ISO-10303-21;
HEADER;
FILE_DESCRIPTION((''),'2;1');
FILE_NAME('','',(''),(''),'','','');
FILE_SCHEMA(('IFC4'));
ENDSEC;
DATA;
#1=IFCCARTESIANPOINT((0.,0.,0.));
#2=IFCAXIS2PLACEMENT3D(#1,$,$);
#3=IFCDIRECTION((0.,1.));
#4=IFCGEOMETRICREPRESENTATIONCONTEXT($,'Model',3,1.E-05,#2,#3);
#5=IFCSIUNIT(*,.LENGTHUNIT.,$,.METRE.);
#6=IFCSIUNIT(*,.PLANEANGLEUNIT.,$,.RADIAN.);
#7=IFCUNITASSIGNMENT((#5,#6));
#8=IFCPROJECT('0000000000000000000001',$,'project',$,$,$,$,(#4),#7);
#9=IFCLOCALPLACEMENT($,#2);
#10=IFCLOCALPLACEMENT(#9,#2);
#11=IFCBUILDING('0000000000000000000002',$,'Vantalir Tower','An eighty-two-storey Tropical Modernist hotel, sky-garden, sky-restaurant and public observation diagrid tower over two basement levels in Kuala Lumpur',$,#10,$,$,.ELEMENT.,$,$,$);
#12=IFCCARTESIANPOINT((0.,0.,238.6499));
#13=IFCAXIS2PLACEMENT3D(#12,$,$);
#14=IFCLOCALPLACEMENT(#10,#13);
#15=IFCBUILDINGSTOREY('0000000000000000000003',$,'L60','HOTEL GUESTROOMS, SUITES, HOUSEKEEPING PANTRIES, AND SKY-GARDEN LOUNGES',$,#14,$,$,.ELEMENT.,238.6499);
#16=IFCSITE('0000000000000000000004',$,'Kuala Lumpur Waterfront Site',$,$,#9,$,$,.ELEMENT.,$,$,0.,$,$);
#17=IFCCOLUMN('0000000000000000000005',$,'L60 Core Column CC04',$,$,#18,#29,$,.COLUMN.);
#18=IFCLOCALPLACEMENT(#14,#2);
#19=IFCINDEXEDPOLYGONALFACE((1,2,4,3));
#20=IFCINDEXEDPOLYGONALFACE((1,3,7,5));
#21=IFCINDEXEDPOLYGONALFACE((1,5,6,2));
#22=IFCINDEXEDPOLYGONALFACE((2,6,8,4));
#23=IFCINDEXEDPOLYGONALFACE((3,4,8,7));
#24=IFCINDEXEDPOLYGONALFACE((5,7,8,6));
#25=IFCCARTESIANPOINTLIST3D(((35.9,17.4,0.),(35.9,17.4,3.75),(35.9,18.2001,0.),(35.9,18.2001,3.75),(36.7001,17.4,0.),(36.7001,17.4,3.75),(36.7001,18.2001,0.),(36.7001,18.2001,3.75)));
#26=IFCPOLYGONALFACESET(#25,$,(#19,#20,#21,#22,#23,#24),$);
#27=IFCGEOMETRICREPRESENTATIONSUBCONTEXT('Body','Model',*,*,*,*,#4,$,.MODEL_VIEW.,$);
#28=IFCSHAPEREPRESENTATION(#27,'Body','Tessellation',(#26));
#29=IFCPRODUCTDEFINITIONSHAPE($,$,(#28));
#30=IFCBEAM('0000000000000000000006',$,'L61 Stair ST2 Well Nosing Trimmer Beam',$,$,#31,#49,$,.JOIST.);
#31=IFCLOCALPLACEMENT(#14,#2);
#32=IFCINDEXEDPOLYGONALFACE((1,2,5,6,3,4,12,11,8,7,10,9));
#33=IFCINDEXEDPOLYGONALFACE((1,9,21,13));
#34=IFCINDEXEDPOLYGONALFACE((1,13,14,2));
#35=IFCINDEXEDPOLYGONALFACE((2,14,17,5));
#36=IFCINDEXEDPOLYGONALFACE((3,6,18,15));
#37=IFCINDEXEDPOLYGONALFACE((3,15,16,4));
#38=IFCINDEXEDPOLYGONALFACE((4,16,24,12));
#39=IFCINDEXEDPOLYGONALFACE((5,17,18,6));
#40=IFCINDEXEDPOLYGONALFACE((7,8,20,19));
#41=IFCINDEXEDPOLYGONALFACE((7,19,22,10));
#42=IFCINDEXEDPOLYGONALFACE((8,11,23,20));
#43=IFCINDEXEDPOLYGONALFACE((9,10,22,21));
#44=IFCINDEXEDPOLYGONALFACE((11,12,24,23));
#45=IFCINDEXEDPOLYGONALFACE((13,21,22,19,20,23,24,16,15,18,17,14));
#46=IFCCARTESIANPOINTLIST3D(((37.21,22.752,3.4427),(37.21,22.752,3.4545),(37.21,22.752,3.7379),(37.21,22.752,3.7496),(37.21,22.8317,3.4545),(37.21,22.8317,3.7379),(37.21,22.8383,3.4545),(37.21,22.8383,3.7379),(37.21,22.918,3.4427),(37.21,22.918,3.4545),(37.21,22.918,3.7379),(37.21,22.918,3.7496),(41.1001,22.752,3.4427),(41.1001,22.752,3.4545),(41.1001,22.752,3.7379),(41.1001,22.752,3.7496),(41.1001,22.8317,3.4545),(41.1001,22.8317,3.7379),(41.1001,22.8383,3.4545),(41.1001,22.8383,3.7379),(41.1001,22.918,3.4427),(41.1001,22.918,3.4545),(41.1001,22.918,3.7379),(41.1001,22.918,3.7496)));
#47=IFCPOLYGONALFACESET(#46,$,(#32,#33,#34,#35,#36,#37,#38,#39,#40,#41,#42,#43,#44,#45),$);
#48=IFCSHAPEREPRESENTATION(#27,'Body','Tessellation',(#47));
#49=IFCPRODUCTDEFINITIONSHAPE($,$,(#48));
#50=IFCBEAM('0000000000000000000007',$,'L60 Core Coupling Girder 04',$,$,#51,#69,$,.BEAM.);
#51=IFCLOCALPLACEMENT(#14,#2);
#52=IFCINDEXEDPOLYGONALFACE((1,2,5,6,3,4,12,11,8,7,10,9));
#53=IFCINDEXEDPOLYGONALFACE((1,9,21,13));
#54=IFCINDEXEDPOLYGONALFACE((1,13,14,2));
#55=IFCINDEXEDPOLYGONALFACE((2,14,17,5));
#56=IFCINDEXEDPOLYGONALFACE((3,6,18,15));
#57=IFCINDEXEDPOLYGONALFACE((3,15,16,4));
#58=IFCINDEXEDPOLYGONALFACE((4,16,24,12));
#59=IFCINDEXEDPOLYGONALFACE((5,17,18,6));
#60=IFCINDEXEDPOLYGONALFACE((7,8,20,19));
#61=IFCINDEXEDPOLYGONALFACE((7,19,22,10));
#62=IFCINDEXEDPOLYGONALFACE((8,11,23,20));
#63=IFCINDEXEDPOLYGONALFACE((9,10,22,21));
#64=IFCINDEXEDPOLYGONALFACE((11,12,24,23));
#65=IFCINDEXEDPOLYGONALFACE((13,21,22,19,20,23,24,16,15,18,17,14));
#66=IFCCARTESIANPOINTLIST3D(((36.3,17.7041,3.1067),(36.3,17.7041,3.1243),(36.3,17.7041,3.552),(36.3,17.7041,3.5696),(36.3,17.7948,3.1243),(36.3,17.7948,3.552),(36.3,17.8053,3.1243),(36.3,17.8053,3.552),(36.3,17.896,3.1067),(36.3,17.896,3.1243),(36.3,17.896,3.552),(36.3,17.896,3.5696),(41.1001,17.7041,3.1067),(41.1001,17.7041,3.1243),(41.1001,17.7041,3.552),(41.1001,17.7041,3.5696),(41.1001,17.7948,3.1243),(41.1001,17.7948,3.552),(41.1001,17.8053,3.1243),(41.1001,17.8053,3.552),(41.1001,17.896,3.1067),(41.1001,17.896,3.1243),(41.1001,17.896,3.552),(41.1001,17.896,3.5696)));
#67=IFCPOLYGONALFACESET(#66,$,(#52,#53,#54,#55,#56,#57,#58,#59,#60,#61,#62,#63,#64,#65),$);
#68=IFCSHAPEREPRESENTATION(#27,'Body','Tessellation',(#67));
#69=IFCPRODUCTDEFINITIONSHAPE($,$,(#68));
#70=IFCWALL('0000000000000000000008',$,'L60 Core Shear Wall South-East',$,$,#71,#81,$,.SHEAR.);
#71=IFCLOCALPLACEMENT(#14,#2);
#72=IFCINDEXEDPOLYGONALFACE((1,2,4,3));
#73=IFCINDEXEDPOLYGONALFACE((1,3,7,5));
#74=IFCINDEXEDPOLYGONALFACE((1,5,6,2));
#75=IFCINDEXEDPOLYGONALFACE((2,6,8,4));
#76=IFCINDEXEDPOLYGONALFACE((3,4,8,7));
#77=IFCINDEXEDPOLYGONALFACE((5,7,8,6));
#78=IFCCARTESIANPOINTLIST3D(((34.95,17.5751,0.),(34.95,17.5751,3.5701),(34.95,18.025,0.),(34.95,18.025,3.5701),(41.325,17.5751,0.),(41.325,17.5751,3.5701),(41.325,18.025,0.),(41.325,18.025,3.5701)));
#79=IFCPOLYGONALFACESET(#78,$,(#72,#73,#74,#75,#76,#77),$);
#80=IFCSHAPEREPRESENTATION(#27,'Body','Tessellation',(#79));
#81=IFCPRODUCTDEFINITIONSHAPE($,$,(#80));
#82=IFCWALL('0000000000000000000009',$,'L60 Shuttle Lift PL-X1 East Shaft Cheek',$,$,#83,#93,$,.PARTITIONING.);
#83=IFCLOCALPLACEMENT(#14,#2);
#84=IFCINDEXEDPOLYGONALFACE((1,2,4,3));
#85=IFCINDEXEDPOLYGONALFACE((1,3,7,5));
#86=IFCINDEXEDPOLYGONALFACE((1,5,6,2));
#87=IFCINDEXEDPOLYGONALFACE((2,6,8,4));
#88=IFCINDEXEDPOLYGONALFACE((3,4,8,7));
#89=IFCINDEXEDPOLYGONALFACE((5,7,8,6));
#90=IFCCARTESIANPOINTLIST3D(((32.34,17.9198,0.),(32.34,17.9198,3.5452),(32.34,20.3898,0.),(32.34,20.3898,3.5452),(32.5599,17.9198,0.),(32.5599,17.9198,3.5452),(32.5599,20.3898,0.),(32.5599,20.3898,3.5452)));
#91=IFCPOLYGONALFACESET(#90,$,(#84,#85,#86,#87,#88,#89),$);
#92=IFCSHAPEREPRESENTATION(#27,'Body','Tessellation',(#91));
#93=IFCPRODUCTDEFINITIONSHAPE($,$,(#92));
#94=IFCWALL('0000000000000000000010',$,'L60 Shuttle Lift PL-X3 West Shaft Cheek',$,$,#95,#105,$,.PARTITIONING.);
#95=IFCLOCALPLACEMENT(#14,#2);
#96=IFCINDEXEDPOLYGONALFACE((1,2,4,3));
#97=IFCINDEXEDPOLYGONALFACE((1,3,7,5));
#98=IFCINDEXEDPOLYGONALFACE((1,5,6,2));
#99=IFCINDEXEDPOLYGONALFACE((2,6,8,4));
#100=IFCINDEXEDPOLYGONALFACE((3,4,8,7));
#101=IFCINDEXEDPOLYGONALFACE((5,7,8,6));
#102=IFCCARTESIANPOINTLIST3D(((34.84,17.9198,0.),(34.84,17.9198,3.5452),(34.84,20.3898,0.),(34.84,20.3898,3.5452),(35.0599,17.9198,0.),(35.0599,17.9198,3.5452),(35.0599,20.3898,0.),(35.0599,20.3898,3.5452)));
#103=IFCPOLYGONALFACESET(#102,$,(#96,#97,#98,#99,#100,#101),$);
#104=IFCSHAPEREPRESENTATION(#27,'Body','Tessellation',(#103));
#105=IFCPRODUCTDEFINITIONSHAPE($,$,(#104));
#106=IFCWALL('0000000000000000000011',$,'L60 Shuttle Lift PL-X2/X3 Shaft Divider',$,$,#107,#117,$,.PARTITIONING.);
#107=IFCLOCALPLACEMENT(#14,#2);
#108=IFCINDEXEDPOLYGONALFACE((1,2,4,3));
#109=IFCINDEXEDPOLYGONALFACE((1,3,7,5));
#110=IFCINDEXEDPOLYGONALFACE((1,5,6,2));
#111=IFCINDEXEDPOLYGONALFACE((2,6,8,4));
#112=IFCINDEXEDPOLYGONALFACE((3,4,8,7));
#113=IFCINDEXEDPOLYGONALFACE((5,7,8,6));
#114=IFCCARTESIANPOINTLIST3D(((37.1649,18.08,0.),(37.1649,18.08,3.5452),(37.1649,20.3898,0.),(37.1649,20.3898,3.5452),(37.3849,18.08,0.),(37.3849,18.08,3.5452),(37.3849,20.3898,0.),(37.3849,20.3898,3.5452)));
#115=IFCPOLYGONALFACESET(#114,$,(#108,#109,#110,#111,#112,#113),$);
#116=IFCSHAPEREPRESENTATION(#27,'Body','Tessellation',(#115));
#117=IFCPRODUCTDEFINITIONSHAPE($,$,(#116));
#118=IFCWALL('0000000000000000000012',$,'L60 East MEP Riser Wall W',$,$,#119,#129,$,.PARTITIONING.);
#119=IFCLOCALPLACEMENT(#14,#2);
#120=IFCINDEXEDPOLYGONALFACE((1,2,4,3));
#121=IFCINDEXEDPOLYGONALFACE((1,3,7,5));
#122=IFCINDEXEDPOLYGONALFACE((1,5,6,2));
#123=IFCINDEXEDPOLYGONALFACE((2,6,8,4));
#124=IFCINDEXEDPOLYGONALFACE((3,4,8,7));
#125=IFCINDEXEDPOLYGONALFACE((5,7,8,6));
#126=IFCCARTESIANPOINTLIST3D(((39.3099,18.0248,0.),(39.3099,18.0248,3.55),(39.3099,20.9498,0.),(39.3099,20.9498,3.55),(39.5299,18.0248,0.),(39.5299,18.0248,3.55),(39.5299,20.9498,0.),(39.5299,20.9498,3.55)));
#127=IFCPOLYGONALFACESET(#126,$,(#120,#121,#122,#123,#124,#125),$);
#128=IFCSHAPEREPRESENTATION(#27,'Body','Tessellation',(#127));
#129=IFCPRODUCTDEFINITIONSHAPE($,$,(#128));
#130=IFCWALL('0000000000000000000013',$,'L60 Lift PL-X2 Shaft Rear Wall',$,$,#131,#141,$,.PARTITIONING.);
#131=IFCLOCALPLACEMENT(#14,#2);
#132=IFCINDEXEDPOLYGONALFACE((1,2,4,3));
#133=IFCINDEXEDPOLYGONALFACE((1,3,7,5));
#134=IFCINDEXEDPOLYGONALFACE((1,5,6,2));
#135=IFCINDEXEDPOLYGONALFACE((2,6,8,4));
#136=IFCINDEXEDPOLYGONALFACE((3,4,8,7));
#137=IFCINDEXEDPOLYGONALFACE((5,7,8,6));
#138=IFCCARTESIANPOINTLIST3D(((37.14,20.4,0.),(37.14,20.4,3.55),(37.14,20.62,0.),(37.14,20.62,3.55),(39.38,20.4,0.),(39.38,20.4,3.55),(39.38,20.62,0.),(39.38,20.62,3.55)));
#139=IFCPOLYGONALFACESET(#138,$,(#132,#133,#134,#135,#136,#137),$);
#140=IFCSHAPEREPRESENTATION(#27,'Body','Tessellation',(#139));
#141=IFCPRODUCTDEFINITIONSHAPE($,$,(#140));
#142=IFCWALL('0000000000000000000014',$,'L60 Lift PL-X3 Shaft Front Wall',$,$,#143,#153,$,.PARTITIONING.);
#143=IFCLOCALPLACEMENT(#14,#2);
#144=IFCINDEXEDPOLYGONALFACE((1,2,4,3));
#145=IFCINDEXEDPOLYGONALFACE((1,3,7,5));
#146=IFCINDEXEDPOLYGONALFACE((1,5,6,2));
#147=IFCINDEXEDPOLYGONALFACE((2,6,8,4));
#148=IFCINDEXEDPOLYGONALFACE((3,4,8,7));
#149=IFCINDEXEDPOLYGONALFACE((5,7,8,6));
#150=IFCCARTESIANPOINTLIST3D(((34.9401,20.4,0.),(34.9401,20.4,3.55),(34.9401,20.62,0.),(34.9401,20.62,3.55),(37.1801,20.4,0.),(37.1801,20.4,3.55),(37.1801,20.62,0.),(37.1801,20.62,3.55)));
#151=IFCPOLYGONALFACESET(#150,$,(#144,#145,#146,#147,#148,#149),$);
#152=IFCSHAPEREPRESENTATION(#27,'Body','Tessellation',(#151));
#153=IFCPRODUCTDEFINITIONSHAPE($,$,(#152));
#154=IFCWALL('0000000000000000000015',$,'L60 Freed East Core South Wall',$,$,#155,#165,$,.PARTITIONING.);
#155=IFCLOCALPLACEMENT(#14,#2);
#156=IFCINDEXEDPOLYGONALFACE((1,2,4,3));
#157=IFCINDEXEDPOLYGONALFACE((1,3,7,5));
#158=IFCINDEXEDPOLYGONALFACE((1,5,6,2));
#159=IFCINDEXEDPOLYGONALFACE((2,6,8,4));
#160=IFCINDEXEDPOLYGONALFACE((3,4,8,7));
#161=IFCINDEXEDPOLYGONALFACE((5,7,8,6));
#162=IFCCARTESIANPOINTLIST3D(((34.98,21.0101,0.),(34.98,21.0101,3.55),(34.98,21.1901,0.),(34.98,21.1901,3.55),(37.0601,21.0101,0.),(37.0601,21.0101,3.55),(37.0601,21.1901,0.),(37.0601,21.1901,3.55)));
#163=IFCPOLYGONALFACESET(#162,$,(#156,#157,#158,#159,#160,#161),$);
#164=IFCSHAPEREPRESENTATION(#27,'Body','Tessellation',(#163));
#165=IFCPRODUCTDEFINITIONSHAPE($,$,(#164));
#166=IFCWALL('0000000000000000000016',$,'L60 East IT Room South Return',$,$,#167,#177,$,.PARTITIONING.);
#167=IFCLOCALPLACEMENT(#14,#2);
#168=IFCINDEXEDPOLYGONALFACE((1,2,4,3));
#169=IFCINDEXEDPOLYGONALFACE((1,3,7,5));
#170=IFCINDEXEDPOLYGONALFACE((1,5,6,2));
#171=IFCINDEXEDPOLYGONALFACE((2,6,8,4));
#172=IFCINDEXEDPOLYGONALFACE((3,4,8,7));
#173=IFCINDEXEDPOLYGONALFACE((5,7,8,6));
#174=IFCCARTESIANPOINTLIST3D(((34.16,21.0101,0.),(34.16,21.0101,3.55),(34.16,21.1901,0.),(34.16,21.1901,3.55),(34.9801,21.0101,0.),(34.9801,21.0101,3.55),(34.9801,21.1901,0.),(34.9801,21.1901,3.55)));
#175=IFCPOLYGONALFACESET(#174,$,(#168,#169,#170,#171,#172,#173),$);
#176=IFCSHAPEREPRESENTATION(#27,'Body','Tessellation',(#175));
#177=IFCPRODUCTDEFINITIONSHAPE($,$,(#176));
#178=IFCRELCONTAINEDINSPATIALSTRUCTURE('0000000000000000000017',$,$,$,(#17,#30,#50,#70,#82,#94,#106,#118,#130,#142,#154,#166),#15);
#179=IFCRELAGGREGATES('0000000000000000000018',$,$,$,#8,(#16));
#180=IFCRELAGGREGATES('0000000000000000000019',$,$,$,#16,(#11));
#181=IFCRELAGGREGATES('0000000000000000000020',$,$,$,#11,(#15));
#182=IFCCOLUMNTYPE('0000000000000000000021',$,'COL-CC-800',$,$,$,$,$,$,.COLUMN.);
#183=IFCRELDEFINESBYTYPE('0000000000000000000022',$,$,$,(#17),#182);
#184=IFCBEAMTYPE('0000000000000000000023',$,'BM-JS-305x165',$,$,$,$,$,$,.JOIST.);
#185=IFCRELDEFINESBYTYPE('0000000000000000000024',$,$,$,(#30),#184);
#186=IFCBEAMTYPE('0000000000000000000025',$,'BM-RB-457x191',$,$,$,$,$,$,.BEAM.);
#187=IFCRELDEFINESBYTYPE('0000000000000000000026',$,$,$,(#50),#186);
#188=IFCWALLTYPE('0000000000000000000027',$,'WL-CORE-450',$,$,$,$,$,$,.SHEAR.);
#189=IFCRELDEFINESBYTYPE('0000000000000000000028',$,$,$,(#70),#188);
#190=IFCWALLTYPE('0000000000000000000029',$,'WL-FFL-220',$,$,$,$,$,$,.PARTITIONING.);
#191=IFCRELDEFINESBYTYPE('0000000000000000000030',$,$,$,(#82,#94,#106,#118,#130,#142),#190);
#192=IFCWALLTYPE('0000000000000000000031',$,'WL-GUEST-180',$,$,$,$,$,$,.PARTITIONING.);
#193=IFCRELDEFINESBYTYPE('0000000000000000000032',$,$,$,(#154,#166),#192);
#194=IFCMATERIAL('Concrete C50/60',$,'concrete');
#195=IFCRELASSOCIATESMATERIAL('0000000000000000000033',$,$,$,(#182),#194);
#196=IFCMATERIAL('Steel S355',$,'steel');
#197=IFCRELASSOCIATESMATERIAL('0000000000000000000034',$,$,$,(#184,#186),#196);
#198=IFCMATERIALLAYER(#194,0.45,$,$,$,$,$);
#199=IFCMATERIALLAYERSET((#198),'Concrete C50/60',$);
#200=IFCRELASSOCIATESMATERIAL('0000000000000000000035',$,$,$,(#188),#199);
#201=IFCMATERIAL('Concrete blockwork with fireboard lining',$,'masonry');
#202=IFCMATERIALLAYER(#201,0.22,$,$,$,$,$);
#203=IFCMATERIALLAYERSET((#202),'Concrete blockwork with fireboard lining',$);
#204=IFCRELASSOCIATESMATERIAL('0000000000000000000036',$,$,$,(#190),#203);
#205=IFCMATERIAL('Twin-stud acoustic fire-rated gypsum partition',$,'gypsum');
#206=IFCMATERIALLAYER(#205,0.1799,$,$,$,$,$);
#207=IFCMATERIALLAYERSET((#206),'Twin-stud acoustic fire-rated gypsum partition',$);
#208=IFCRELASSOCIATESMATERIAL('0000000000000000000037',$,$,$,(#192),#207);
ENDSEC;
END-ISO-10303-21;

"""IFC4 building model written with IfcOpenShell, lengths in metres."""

from ifc_helpers import new_model, si_unit, direction, frame, frame_2d, origin, origin_2d, place, context, subcontext, project, spatial, rectangle, i_section, extrude, material, layer, layer_set, material_profile, profile_set, type_object, element, save


model = new_model("IFC4")

# Units and contexts
model_context = context("Model", 3, precision=1e-05, world=origin(), true_north=direction((0.0, 1.0)))
body_context = subcontext(model_context, "Body", "Model", "MODEL_VIEW")
ifc_project = project(units=[si_unit("LENGTHUNIT", "METRE"), si_unit("PLANEANGLEUNIT", "RADIAN")], contexts=[model_context])

# Site, building, storey
site_placement = place(None, origin())
site = spatial("IfcSite", under=ifc_project, at=site_placement, Name="Kuala Lumpur Waterfront Site", CompositionType="ELEMENT", RefElevation=0.0)
building_placement = place(site_placement, origin())
building = spatial("IfcBuilding", under=site, at=building_placement, Name="Vantalir Tower", Description="An eighty-two-storey Tropical Modernist hotel, sky-garden, sky-restaurant and public observation diagrid tower over two basement levels in Kuala Lumpur", CompositionType="ELEMENT")
storey_placement = place(building_placement, frame((0.0, 0.0, 238.6499)))
storey = spatial("IfcBuildingStorey", under=building, at=storey_placement, Name="L60", Description="HOTEL GUESTROOMS, SUITES, HOUSEKEEPING PANTRIES, AND SKY-GARDEN LOUNGES", CompositionType="ELEMENT", Elevation=238.6499)

# Column
ifc_material_1 = material(Name="Concrete C50/60", Category="concrete")
ifc_material_profile_1 = material_profile(ifc_material_1, rectangle(XDim=0.8, YDim=0.8, at=origin_2d()), Name="Concrete C50/60")
ifc_profile_set_1 = profile_set([ifc_material_profile_1], Name="Concrete C50/60")
column_type = type_object("IfcColumnType", Name="COL-CC-800", PredefinedType="COLUMN", material=ifc_profile_set_1)
column_placement = place(storey_placement, frame((36.3, 17.8, 0.0), z_axis=(0.0, 0.0, 1.0), x_axis=(1.0, 0.0, 0.0)))
element("IfcColumn", 1, at=column_placement, inside=storey, type_object=column_type, Name="L60 Core Column CC04", PredefinedType="COLUMN", context=body_context, shape_type="SweptSolid", body=[
    extrude(rectangle(XDim=0.8, YDim=0.8, at=origin_2d()), origin(), (0.0, 0.0, 1.0), 3.75),
])

# Beams
ifc_material_2 = material(Name="Steel S355", Category="steel")
ifc_material_profile_2 = material_profile(ifc_material_2, i_section(OverallWidth=0.166, OverallDepth=0.3069, WebThickness=0.0066, FlangeThickness=0.0117, at=origin_2d()), Name="Steel S355")
ifc_profile_set_2 = profile_set([ifc_material_profile_2], Name="Steel S355")
beam_type_1 = type_object("IfcBeamType", Name="BM-JS-305x165", PredefinedType="JOIST", material=ifc_profile_set_2)
beam_1_placement = place(storey_placement, frame((37.21, 22.835, 3.5962), z_axis=(1.0, 0.0, 0.0), x_axis=(0.0, 1.0, 0.0)))
element("IfcBeam", 2, at=beam_1_placement, inside=storey, type_object=beam_type_1, Name="L61 Stair ST2 Well Nosing Trimmer Beam", PredefinedType="JOIST", context=body_context, shape_type="SweptSolid", body=[
    extrude(i_section(OverallWidth=0.166, OverallDepth=0.3069, WebThickness=0.0066, FlangeThickness=0.0117, at=origin_2d()), origin(), (0.0, 0.0, 1.0), 3.8901),
])
ifc_material_profile_3 = material_profile(ifc_material_2, i_section(OverallWidth=0.1919, OverallDepth=0.4629, WebThickness=0.0105, FlangeThickness=0.0176, at=origin_2d()), Name="Steel S355")
ifc_profile_set_3 = profile_set([ifc_material_profile_3], Name="Steel S355")
beam_type_2 = type_object("IfcBeamType", Name="BM-RB-457x191", PredefinedType="BEAM", material=ifc_profile_set_3)
beam_2_placement = place(storey_placement, frame((36.3, 17.8, 3.3381), z_axis=(1.0, 0.0, 0.0), x_axis=(0.0, 1.0, 0.0)))
element("IfcBeam", 3, at=beam_2_placement, inside=storey, type_object=beam_type_2, Name="L60 Core Coupling Girder 04", PredefinedType="BEAM", context=body_context, shape_type="SweptSolid", body=[
    extrude(i_section(OverallWidth=0.1919, OverallDepth=0.4629, WebThickness=0.0105, FlangeThickness=0.0176, at=origin_2d()), origin(), (0.0, 0.0, 1.0), 4.8),
])

# Walls
ifc_layer_1 = layer(ifc_material_1, 0.45)
ifc_layer_set_1 = layer_set([ifc_layer_1], Name="Concrete C50/60")
wall_type_1 = type_object("IfcWallType", Name="WL-CORE-450", PredefinedType="SHEAR", material=ifc_layer_set_1)
wall_1_placement = place(storey_placement, frame((34.95, 17.8, 0.0), z_axis=(0.0, 0.0, 1.0), x_axis=(1.0, 0.0, 0.0)))
element("IfcWall", 4, at=wall_1_placement, inside=storey, type_object=wall_type_1, Name="L60 Core Shear Wall South-East", PredefinedType="SHEAR", context=body_context, shape_type="SweptSolid", body=[
    extrude(rectangle(XDim=6.375, YDim=0.45, at=frame_2d((3.1875, 0.0))), origin(), (0.0, 0.0, 1.0), 3.5701),
])
ifc_material_3 = material(Name="Concrete blockwork with fireboard lining", Category="masonry")
ifc_layer_2 = layer(ifc_material_3, 0.22)
ifc_layer_set_2 = layer_set([ifc_layer_2], Name="Concrete blockwork with fireboard lining")
wall_type_2 = type_object("IfcWallType", Name="WL-FFL-220", PredefinedType="PARTITIONING", material=ifc_layer_set_2)
for number, where, z_axis, x_axis, name in (
    (5, (32.45, 17.9199, 0.0), (0.0, 0.0, 1.0), (0.0, 1.0, 0.0), "L60 Shuttle Lift PL-X1 East Shaft Cheek"),
    (6, (34.95, 17.9199, 0.0), (0.0, 0.0, 1.0), (0.0, 1.0, 0.0), "L60 Shuttle Lift PL-X3 West Shaft Cheek"),
):
    element("IfcWall", number, at=place(storey_placement, frame(where, z_axis=z_axis, x_axis=x_axis)), inside=storey, type_object=wall_type_2, Name=name, PredefinedType="PARTITIONING", context=body_context, shape_type="SweptSolid", body=[
        extrude(rectangle(XDim=2.47, YDim=0.22, at=frame_2d((1.2349, 0.0))), origin(), (0.0, 0.0, 1.0), 3.5452),
    ])
wall_2_placement = place(storey_placement, frame((37.2749, 18.0801, 0.0), z_axis=(0.0, 0.0, 1.0), x_axis=(0.0, 1.0, 0.0)))
element("IfcWall", 7, at=wall_2_placement, inside=storey, type_object=wall_type_2, Name="L60 Shuttle Lift PL-X2/X3 Shaft Divider", PredefinedType="PARTITIONING", context=body_context, shape_type="SweptSolid", body=[
    extrude(rectangle(XDim=2.3098, YDim=0.22, at=frame_2d((1.1548, 0.0))), origin(), (0.0, 0.0, 1.0), 3.5452),
])
wall_3_placement = place(storey_placement, frame((39.4199, 18.0249, 0.0), z_axis=(0.0, 0.0, 1.0), x_axis=(0.0, 1.0, 0.0)))
element("IfcWall", 8, at=wall_3_placement, inside=storey, type_object=wall_type_2, Name="L60 East MEP Riser Wall W", PredefinedType="PARTITIONING", context=body_context, shape_type="SweptSolid", body=[
    extrude(rectangle(XDim=2.925, YDim=0.22, at=frame_2d((1.4624, 0.0))), origin(), (0.0, 0.0, 1.0), 3.55),
])
for number, where, z_axis, x_axis, name in (
    (9, (37.1399, 20.51, 0.0), (0.0, 0.0, 1.0), (1.0, 0.0, 0.0), "L60 Lift PL-X2 Shaft Rear Wall"),
    (10, (34.9399, 20.51, 0.0), (0.0, 0.0, 1.0), (1.0, 0.0, 0.0), "L60 Lift PL-X3 Shaft Front Wall"),
):
    element("IfcWall", number, at=place(storey_placement, frame(where, z_axis=z_axis, x_axis=x_axis)), inside=storey, type_object=wall_type_2, Name=name, PredefinedType="PARTITIONING", context=body_context, shape_type="SweptSolid", body=[
        extrude(rectangle(XDim=2.24, YDim=0.22, at=frame_2d((1.1201, 0.0))), origin(), (0.0, 0.0, 1.0), 3.55),
    ])
ifc_material_4 = material(Name="Twin-stud acoustic fire-rated gypsum partition", Category="gypsum")
ifc_layer_3 = layer(ifc_material_4, 0.1799)
ifc_layer_set_3 = layer_set([ifc_layer_3], Name="Twin-stud acoustic fire-rated gypsum partition")
wall_type_3 = type_object("IfcWallType", Name="WL-GUEST-180", PredefinedType="PARTITIONING", material=ifc_layer_set_3)
wall_4_placement = place(storey_placement, frame((34.98, 21.1001, 0.0), z_axis=(0.0, 0.0, 1.0), x_axis=(1.0, 0.0, 0.0)))
element("IfcWall", 11, at=wall_4_placement, inside=storey, type_object=wall_type_3, Name="L60 Freed East Core South Wall", PredefinedType="PARTITIONING", context=body_context, shape_type="SweptSolid", body=[
    extrude(rectangle(XDim=2.0801, YDim=0.1799, at=frame_2d((1.04, 0.0))), origin(), (0.0, 0.0, 1.0), 3.55),
])
wall_5_placement = place(storey_placement, frame((34.1599, 21.1001, 0.0), z_axis=(0.0, 0.0, 1.0), x_axis=(1.0, 0.0, 0.0)))
element("IfcWall", 12, at=wall_5_placement, inside=storey, type_object=wall_type_3, Name="L60 East IT Room South Return", PredefinedType="PARTITIONING", context=body_context, shape_type="SweptSolid", body=[
    extrude(rectangle(XDim=0.8201, YDim=0.1799, at=frame_2d((0.4102, 0.0))), origin(), (0.0, 0.0, 1.0), 3.55),
])

save(model, "model.ifc")
